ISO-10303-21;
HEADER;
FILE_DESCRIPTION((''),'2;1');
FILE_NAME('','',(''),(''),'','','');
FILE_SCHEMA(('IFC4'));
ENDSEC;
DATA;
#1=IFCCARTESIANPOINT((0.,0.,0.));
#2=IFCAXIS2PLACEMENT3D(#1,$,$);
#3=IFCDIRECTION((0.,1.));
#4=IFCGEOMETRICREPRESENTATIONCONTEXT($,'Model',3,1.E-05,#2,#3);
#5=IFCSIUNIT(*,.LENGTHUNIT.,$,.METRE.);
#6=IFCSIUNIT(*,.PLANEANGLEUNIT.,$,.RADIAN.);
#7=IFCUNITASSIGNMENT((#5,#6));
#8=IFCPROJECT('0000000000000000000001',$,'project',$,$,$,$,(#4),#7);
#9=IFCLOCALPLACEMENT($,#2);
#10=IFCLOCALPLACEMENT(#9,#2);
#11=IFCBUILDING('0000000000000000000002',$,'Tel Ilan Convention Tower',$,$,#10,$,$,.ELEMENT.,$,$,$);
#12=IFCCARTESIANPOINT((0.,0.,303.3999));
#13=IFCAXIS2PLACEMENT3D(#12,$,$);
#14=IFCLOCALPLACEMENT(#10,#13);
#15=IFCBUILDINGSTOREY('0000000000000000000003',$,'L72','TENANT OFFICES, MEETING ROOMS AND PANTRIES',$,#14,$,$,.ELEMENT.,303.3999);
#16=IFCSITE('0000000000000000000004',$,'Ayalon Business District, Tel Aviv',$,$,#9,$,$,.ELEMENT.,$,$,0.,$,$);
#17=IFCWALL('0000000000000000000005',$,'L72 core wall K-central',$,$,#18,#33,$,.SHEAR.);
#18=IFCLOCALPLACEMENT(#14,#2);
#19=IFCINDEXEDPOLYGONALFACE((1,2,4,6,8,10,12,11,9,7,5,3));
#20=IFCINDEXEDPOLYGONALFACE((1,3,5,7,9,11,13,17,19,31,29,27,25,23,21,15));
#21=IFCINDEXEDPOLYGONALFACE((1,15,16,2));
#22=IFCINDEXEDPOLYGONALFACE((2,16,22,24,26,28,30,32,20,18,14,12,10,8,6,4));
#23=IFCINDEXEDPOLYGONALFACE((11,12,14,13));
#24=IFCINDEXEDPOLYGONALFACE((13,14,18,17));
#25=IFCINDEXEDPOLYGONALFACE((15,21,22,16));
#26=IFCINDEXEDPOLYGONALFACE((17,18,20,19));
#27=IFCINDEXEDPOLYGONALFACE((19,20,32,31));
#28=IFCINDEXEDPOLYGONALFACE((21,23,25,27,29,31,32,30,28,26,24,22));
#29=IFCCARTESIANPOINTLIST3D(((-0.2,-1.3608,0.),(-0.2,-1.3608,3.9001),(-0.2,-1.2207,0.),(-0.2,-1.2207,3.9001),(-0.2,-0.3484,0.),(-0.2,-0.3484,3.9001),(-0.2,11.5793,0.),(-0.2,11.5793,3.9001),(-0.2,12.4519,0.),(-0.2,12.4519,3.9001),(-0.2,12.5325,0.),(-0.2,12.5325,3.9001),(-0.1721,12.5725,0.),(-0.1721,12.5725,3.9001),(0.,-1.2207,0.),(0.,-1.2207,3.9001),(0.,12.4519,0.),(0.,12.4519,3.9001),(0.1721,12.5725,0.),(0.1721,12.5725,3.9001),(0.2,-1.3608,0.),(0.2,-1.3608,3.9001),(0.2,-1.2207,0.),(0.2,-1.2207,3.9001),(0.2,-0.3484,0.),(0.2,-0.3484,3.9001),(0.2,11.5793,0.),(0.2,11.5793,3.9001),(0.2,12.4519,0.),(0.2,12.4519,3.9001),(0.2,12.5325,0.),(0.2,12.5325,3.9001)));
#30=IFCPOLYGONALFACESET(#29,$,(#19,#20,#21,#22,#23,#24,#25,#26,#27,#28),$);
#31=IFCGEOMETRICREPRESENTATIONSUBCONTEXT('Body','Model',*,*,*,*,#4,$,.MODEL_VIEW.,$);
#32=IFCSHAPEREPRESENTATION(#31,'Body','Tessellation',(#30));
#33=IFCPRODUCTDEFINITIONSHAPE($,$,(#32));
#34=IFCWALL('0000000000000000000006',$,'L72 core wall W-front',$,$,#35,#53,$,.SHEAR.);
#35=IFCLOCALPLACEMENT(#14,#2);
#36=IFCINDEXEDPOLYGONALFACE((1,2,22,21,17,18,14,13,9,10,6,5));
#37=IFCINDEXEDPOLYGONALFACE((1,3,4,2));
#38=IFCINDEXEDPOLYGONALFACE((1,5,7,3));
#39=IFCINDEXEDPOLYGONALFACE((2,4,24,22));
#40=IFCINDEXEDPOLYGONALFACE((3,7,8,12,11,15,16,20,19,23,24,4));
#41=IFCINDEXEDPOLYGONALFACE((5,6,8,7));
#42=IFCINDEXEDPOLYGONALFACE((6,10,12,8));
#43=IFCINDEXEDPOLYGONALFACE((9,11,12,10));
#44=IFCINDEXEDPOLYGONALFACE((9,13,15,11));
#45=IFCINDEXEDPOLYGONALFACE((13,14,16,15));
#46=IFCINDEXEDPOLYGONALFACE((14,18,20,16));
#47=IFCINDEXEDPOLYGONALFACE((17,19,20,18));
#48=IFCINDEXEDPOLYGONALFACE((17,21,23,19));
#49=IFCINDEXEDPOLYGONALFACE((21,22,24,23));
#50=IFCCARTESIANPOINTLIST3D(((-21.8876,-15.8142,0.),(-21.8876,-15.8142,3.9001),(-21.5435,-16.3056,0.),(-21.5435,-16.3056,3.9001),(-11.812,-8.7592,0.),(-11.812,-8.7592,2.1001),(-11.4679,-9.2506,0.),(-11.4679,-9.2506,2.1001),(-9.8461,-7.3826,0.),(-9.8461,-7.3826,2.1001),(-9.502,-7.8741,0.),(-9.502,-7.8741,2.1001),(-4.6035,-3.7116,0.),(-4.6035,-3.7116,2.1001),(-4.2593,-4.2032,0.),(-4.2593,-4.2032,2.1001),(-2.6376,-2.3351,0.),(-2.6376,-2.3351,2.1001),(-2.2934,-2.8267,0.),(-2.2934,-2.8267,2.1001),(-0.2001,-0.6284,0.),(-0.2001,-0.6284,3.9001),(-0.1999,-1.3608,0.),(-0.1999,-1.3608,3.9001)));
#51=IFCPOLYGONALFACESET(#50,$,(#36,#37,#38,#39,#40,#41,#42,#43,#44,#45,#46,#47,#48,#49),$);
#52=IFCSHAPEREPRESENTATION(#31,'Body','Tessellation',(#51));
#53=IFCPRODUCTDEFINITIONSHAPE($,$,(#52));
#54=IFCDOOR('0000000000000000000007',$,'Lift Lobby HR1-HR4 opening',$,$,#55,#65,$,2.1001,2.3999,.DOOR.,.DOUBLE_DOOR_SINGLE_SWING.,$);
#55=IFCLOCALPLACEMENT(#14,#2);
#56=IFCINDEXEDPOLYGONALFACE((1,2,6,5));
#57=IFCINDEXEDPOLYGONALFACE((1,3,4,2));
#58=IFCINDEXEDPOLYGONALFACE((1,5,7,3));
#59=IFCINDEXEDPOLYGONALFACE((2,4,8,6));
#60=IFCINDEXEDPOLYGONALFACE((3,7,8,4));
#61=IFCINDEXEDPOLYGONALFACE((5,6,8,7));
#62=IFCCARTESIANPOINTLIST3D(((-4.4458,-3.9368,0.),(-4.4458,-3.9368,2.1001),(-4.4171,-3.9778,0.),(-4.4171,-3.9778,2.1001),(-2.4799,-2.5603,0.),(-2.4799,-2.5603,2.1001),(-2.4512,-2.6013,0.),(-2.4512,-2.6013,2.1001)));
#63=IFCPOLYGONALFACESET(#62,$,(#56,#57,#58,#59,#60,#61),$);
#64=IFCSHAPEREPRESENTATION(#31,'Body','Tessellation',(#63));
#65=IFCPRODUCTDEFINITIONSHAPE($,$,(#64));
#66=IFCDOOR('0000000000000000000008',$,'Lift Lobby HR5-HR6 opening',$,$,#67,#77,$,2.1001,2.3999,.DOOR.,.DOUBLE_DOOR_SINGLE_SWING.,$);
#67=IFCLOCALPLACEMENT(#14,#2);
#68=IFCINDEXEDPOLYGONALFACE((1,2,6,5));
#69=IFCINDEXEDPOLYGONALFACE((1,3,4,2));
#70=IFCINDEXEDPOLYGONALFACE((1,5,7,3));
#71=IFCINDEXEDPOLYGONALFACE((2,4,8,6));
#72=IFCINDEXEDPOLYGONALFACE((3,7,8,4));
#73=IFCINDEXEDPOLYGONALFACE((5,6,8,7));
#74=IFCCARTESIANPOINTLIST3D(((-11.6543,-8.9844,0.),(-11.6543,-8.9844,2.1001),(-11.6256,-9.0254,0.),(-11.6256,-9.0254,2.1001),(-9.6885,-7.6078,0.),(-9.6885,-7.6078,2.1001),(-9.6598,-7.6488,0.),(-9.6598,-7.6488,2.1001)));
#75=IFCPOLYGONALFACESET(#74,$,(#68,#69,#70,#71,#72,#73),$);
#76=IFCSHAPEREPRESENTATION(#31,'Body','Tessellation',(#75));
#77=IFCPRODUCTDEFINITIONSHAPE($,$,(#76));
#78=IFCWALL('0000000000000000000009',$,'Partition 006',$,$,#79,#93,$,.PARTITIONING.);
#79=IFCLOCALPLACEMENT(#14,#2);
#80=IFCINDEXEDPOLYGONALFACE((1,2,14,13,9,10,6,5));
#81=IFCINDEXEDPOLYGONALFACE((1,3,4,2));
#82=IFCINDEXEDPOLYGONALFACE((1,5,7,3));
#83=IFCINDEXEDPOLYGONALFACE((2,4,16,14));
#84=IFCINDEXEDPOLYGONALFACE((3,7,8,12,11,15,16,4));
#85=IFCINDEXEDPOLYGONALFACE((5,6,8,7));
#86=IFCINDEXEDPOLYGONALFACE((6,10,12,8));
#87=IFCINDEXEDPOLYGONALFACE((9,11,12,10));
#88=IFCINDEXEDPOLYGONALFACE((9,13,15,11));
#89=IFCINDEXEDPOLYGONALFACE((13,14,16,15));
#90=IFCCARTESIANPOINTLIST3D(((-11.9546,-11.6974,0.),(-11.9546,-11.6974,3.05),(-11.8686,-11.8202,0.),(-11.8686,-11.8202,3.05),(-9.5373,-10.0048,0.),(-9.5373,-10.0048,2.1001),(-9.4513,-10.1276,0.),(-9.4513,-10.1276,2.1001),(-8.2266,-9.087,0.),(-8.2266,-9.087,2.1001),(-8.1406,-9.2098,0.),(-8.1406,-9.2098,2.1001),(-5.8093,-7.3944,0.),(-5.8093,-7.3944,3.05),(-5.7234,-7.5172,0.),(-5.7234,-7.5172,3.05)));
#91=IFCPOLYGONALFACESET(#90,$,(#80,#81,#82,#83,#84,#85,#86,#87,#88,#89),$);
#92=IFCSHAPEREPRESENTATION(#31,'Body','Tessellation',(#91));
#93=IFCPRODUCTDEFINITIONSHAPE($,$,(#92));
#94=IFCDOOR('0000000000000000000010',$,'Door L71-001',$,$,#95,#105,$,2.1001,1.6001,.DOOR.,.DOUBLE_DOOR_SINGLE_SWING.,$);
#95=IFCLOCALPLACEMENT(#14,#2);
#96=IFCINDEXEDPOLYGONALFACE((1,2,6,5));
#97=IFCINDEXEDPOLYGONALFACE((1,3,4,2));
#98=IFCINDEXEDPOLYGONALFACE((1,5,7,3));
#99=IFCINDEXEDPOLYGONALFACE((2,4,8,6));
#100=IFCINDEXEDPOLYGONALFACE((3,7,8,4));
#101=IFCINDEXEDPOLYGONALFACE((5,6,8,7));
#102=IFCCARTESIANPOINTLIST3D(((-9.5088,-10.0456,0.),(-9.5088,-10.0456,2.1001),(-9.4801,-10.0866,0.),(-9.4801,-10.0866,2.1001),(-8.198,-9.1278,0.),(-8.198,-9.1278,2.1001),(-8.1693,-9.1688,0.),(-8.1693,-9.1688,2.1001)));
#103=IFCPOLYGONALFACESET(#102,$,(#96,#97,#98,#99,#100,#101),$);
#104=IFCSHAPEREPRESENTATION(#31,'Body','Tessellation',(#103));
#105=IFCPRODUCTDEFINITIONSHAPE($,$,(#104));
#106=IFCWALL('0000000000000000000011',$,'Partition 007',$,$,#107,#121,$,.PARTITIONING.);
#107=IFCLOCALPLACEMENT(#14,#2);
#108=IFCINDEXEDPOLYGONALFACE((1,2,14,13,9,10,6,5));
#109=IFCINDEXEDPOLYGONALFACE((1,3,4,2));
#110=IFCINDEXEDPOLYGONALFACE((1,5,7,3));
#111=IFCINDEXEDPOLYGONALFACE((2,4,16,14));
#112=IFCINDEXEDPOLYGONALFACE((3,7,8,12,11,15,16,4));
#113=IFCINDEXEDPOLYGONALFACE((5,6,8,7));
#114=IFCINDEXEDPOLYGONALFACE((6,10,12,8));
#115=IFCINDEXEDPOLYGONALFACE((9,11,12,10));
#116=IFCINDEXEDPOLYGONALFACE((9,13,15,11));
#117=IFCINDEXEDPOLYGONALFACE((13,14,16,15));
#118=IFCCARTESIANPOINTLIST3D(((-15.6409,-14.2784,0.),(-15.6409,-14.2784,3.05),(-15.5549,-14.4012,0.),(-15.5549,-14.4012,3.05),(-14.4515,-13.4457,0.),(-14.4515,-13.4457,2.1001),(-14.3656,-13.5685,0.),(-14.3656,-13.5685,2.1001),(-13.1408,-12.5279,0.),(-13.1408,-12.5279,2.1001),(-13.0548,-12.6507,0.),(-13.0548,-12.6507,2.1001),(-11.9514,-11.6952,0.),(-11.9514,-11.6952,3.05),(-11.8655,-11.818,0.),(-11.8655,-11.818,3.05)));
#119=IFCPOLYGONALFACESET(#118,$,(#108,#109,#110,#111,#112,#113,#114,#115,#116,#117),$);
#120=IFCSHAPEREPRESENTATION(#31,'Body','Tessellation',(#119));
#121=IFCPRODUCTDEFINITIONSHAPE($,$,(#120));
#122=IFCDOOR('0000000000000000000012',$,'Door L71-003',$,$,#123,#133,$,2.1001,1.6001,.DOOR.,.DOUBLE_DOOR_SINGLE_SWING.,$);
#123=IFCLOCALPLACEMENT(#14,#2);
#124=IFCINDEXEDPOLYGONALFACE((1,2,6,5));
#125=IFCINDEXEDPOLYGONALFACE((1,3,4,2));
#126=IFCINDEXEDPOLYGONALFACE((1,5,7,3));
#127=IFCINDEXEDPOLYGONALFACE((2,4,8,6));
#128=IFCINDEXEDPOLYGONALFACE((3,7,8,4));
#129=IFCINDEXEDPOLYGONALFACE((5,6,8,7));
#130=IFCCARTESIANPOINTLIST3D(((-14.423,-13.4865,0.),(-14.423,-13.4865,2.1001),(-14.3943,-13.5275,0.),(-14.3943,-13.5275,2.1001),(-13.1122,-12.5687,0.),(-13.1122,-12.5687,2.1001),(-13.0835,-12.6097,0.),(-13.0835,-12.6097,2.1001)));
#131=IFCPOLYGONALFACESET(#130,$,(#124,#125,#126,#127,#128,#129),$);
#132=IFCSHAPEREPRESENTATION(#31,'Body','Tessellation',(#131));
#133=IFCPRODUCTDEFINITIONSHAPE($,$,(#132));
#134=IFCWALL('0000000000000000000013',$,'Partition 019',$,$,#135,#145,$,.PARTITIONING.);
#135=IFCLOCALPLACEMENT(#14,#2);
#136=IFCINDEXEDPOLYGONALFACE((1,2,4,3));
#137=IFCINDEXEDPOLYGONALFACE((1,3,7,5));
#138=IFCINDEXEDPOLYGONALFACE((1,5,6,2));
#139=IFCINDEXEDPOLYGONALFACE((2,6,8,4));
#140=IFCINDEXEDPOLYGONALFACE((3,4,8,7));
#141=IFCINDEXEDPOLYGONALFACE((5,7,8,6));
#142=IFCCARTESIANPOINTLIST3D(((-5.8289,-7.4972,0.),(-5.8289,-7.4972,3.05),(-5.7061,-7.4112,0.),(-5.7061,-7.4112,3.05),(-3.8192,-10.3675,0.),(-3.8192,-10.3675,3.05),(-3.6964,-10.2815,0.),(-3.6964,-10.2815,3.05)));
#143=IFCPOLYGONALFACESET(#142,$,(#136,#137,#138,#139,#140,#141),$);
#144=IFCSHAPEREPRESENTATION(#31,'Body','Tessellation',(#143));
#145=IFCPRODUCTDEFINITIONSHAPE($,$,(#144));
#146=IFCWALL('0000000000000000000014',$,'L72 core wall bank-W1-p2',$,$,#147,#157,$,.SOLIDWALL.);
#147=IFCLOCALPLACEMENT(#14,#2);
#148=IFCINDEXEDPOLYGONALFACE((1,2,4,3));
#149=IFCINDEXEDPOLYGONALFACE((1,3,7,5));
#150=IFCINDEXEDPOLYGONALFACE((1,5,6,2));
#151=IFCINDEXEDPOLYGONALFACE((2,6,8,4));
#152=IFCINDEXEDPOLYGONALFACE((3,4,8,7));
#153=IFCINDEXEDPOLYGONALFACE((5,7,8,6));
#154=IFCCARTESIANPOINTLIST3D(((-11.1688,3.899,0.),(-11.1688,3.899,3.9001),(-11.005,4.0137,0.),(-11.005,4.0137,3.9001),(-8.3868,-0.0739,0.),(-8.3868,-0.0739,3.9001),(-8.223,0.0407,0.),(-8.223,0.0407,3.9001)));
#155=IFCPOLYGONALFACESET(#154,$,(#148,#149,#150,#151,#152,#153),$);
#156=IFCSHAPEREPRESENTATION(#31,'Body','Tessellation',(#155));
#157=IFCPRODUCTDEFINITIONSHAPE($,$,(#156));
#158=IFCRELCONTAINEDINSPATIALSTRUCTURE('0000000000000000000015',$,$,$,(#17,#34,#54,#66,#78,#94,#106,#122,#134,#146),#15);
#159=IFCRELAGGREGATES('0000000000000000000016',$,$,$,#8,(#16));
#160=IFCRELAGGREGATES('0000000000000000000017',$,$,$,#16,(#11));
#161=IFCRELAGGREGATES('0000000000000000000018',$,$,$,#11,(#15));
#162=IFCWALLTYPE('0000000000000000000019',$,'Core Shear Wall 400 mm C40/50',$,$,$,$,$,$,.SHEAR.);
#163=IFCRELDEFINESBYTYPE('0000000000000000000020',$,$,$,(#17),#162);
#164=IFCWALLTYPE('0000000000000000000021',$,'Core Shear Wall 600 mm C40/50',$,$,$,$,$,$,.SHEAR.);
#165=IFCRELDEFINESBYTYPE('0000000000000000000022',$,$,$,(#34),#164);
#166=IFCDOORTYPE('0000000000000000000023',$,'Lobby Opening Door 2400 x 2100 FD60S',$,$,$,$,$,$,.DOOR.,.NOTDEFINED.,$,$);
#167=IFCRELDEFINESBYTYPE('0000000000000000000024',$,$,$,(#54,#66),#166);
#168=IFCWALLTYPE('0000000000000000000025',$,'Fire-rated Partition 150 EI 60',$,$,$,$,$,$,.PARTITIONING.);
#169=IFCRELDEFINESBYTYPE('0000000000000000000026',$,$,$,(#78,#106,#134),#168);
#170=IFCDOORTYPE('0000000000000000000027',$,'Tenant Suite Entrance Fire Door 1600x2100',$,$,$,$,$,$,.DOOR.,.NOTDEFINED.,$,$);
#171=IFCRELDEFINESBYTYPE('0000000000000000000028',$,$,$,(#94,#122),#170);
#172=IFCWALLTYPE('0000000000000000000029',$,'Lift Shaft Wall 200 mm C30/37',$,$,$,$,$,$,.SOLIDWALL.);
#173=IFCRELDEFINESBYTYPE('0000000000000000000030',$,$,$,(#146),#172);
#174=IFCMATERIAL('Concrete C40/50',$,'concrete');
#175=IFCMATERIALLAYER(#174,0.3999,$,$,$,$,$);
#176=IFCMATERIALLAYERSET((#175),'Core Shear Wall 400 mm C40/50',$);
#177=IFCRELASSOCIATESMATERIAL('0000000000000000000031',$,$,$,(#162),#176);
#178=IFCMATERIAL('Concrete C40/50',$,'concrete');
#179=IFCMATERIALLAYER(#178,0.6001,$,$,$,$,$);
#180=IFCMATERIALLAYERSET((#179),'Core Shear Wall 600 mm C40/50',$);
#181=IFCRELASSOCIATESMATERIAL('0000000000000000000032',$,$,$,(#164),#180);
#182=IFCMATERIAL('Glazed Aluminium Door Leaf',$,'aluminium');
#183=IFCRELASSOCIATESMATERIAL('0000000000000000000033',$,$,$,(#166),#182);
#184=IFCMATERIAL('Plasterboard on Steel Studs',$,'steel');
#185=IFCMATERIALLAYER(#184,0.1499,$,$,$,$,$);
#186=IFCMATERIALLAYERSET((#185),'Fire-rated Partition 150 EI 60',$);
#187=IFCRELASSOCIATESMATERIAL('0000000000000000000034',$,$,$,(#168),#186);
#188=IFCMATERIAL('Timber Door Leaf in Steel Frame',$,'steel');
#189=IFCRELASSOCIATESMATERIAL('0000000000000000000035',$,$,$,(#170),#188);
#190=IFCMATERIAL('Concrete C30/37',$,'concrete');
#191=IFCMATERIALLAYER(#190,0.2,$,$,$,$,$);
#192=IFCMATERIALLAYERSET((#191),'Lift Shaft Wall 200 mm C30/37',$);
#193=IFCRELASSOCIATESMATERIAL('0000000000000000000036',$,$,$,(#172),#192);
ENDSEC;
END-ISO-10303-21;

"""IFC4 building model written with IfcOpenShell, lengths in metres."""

from ifc_helpers import new_model, si_unit, direction, frame, frame_2d, origin, place, context, subcontext, project, spatial, polyline, rectangle, outline, extrude, material, layer, layer_set, type_object, element, fill, save


model = new_model("IFC4")

# Units and contexts
model_context = context("Model", 3, precision=1e-05, world=origin(), true_north=direction((0.0, 1.0)))
body_context = subcontext(model_context, "Body", "Model", "MODEL_VIEW")
ifc_project = project(units=[si_unit("LENGTHUNIT", "METRE"), si_unit("PLANEANGLEUNIT", "RADIAN")], contexts=[model_context])

# Site, building, storey
site_placement = place(None, origin())
site = spatial("IfcSite", under=ifc_project, at=site_placement, Name="Ayalon Business District, Tel Aviv", CompositionType="ELEMENT", RefElevation=0.0)
building_placement = place(site_placement, origin())
building = spatial("IfcBuilding", under=site, at=building_placement, Name="Tel Ilan Convention Tower", CompositionType="ELEMENT")
storey_placement = place(building_placement, frame((0.0, 0.0, 303.3999)))
storey = spatial("IfcBuildingStorey", under=building, at=storey_placement, Name="L72", Description="TENANT OFFICES, MEETING ROOMS AND PANTRIES", CompositionType="ELEMENT", Elevation=303.3999)

# Wall
ifc_material_1 = material(Name="Concrete C40/50", Category="concrete")
ifc_layer_1 = layer(ifc_material_1, 0.3999)
ifc_layer_set_1 = layer_set([ifc_layer_1], Name="Core Shear Wall 400 mm C40/50")
wall_type_1 = type_object("IfcWallType", Name="Core Shear Wall 400 mm C40/50", PredefinedType="SHEAR", material=ifc_layer_set_1)
wall_1_placement = place(storey_placement, frame((0.0, -1.3608, 0.0), z_axis=(0.0, 0.0, 1.0), x_axis=(0.0, 1.0, 0.0)))
element("IfcWall", 1, at=wall_1_placement, inside=storey, type_object=wall_type_1, Name="L72 core wall K-central", PredefinedType="SHEAR", context=body_context, shape_type="SweptSolid", body=[
    extrude(outline(polyline([(0.1401, 0.2), (0.0, 0.2), (0.1401, 0.0), (0.0, -0.2), (0.1401, -0.2), (1.0125, -0.2), (12.9402, -0.2), (13.8127, -0.2), (13.8933, -0.2), (13.9333, -0.1721), (13.8127, 0.0), (13.9333, 0.1721), (13.8933, 0.2), (13.8127, 0.2), (12.9402, 0.2), (1.0125, 0.2), (0.1401, 0.2)])), origin(), (0.0, 0.0, 1.0), 3.9001),
])

# Wall, openings, doors
ifc_material_2 = material(Name="Concrete C40/50", Category="concrete")
ifc_layer_2 = layer(ifc_material_2, 0.6001)
ifc_layer_set_2 = layer_set([ifc_layer_2], Name="Core Shear Wall 600 mm C40/50")
wall_type_2 = type_object("IfcWallType", Name="Core Shear Wall 600 mm C40/50", PredefinedType="SHEAR", material=ifc_layer_set_2)
wall_2_placement = place(storey_placement, frame((-0.0278, -0.874, 0.0), z_axis=(0.0, 0.0, 1.0), x_axis=(-0.81915, -0.573579, 0.0)))
wall_2 = element("IfcWall", 2, at=wall_2_placement, inside=storey, type_object=wall_type_2, Name="L72 core wall W-front", PredefinedType="SHEAR", context=body_context, shape_type="SweptSolid", body=[
    extrude(outline(polyline([(26.4758, 0.2998), (0.4202, 0.3), (0.0002, -0.3), (26.4758, -0.3), (26.4758, 0.2998)])), origin(), (0.0, 0.0, 1.0), 3.9001),
])
opening_1_placement = place(wall_2_placement, frame((2.9758, 0.0, 0.0)))
opening_1 = element("IfcOpeningElement", 3, at=opening_1_placement, cuts=wall_2, PredefinedType="OPENING", context=body_context, shape_type="SweptSolid", body=[
    extrude(rectangle(XDim=2.3999, YDim=2.1001, at=frame_2d((1.2, 1.05))), frame((0.0, 0.3101, 0.0), z_axis=(0.0, -1.0, 0.0), x_axis=(1.0, 0.0, 0.0)), (0.0, 0.0, 1.0), 0.6201),
])
opening_2_placement = place(wall_2_placement, frame((11.7759, 0.0, 0.0)))
opening_2 = element("IfcOpeningElement", 4, at=opening_2_placement, cuts=wall_2, PredefinedType="OPENING", context=body_context, shape_type="SweptSolid", body=[
    extrude(rectangle(XDim=2.3999, YDim=2.1001, at=frame_2d((1.2, 1.05))), frame((0.0, 0.3101, 0.0), z_axis=(0.0, -1.0, 0.0), x_axis=(1.0, 0.0, 0.0)), (0.0, 0.0, 1.0), 0.6201),
])
ifc_material_3 = material(Name="Glazed Aluminium Door Leaf", Category="aluminium")
door_type_1 = type_object("IfcDoorType", Name="Lobby Opening Door 2400 x 2100 FD60S", OperationType="NOTDEFINED", PredefinedType="DOOR", material=ifc_material_3)
door_1_placement = place(opening_1_placement, origin())
door_1 = element("IfcDoor", 5, at=door_1_placement, inside=storey, type_object=door_type_1, Name="Lift Lobby HR1-HR4 opening", OperationType="DOUBLE_DOOR_SINGLE_SWING", OverallHeight=2.1001, OverallWidth=2.3999, PredefinedType="DOOR", context=body_context, shape_type="SweptSolid", body=[
    extrude(rectangle(XDim=2.3999, YDim=2.1001, at=frame_2d((1.2, 1.05))), frame((0.0, 0.0249, 0.0), z_axis=(0.0, -1.0, 0.0), x_axis=(1.0, 0.0, 0.0)), (0.0, 0.0, 1.0), 0.05),
])
fill(opening_1, door_1)
door_2_placement = place(opening_2_placement, origin())
door_2 = element("IfcDoor", 6, at=door_2_placement, inside=storey, type_object=door_type_1, Name="Lift Lobby HR5-HR6 opening", OperationType="DOUBLE_DOOR_SINGLE_SWING", OverallHeight=2.1001, OverallWidth=2.3999, PredefinedType="DOOR", context=body_context, shape_type="SweptSolid", body=[
    extrude(rectangle(XDim=2.3999, YDim=2.1001, at=frame_2d((1.2, 1.05))), frame((0.0, 0.0249, 0.0), z_axis=(0.0, -1.0, 0.0), x_axis=(1.0, 0.0, 0.0)), (0.0, 0.0, 1.0), 0.05),
])
fill(opening_2, door_2)

# Walls, openings, doors
ifc_material_4 = material(Name="Plasterboard on Steel Studs", Category="steel")
ifc_layer_3 = layer(ifc_material_4, 0.1499)
ifc_layer_set_3 = layer_set([ifc_layer_3], Name="Fire-rated Partition 150 EI 60")
wall_type_3 = type_object("IfcWallType", Name="Fire-rated Partition 150 EI 60", PredefinedType="PARTITIONING", material=ifc_layer_set_3)
wall_3_placement = place(storey_placement, frame((-5.7664, -7.4558, 0.0), z_axis=(0.0, 0.0, 1.0), x_axis=(-0.819151, -0.573578, 0.0)))
wall_3 = element("IfcWall", 7, at=wall_3_placement, inside=storey, type_object=wall_type_3, Name="Partition 006", PredefinedType="PARTITIONING", context=body_context, shape_type="SweptSolid", body=[
    extrude(rectangle(XDim=7.502, YDim=0.1499, at=frame_2d((3.751, 0.0))), origin(), (0.0, 0.0, 1.0), 3.05),
])
opening_3_placement = place(wall_3_placement, frame((2.9509, 0.0, 0.0)))
opening_3 = element("IfcOpeningElement", 8, at=opening_3_placement, cuts=wall_3, PredefinedType="OPENING", context=body_context, shape_type="SweptSolid", body=[
    extrude(rectangle(XDim=1.6001, YDim=2.1001, at=frame_2d((0.8, 1.05))), frame((0.0, 0.085, 0.0), z_axis=(0.0, -1.0, 0.0), x_axis=(1.0, 0.0, 0.0)), (0.0, 0.0, 1.0), 0.1699),
])
ifc_material_5 = material(Name="Timber Door Leaf in Steel Frame", Category="steel")
door_type_2 = type_object("IfcDoorType", Name="Tenant Suite Entrance Fire Door 1600x2100", OperationType="NOTDEFINED", PredefinedType="DOOR", material=ifc_material_5)
door_3_placement = place(opening_3_placement, origin())
door_3 = element("IfcDoor", 9, at=door_3_placement, inside=storey, type_object=door_type_2, Name="Door L71-001", OperationType="DOUBLE_DOOR_SINGLE_SWING", OverallHeight=2.1001, OverallWidth=1.6001, PredefinedType="DOOR", context=body_context, shape_type="SweptSolid", body=[
    extrude(rectangle(XDim=1.6001, YDim=2.1001, at=frame_2d((0.8, 1.05))), frame((0.0, 0.0249, 0.0), z_axis=(0.0, -1.0, 0.0), x_axis=(1.0, 0.0, 0.0)), (0.0, 0.0, 1.0), 0.05),
])
fill(opening_3, door_3)
wall_4_placement = place(storey_placement, frame((-11.9084, -11.7566, 0.0), z_axis=(0.0, 0.0, 1.0), x_axis=(-0.819166, -0.573557, 0.0)))
wall_4 = element("IfcWall", 10, at=wall_4_placement, inside=storey, type_object=wall_type_3, Name="Partition 007", PredefinedType="PARTITIONING", context=body_context, shape_type="SweptSolid", body=[
    extrude(rectangle(XDim=4.5039, YDim=0.1499, at=frame_2d((2.252, 0.0))), origin(), (0.0, 0.0, 1.0), 3.05),
])
opening_4_placement = place(wall_4_placement, frame((1.4519, 0.0, 0.0)))
opening_4 = element("IfcOpeningElement", 11, at=opening_4_placement, cuts=wall_4, PredefinedType="OPENING", context=body_context, shape_type="SweptSolid", body=[
    extrude(rectangle(XDim=1.6001, YDim=2.1001, at=frame_2d((0.8, 1.05))), frame((0.0, 0.085, 0.0), z_axis=(0.0, -1.0, 0.0), x_axis=(1.0, 0.0, 0.0)), (0.0, 0.0, 1.0), 0.1699),
])
door_4_placement = place(opening_4_placement, origin())
door_4 = element("IfcDoor", 12, at=door_4_placement, inside=storey, type_object=door_type_2, Name="Door L71-003", OperationType="DOUBLE_DOOR_SINGLE_SWING", OverallHeight=2.1001, OverallWidth=1.6001, PredefinedType="DOOR", context=body_context, shape_type="SweptSolid", body=[
    extrude(rectangle(XDim=1.6001, YDim=2.1001, at=frame_2d((0.8, 1.05))), frame((0.0, 0.0249, 0.0), z_axis=(0.0, -1.0, 0.0), x_axis=(1.0, 0.0, 0.0)), (0.0, 0.0, 1.0), 0.05),
])
fill(opening_4, door_4)

# Walls
wall_5_placement = place(storey_placement, frame((-3.7578, -10.3245, 0.0), z_axis=(0.0, 0.0, 1.0), x_axis=(-0.573561, 0.819163, 0.0)))
element("IfcWall", 13, at=wall_5_placement, inside=storey, type_object=wall_type_3, Name="Partition 019", PredefinedType="PARTITIONING", context=body_context, shape_type="SweptSolid", body=[
    extrude(rectangle(XDim=3.5039, YDim=0.1499, at=frame_2d((1.752, 0.0))), origin(), (0.0, 0.0, 1.0), 3.05),
])
ifc_material_6 = material(Name="Concrete C30/37", Category="concrete")
ifc_layer_4 = layer(ifc_material_6, 0.2)
ifc_layer_set_4 = layer_set([ifc_layer_4], Name="Lift Shaft Wall 200 mm C30/37")
wall_type_4 = type_object("IfcWallType", Name="Lift Shaft Wall 200 mm C30/37", PredefinedType="SOLIDWALL", material=ifc_layer_set_4)
wall_6_placement = place(storey_placement, frame((-8.3049, -0.0166, 0.0), z_axis=(0.0, 0.0, 1.0), x_axis=(-0.573594, 0.81914, 0.0)))
element("IfcWall", 14, at=wall_6_placement, inside=storey, type_object=wall_type_4, Name="L72 core wall bank-W1-p2", PredefinedType="SOLIDWALL", context=body_context, shape_type="SweptSolid", body=[
    extrude(rectangle(XDim=4.8501, YDim=0.2, at=frame_2d((2.425, 0.0))), origin(), (0.0, 0.0, 1.0), 3.9001),
])

save(model, "model.ifc")
